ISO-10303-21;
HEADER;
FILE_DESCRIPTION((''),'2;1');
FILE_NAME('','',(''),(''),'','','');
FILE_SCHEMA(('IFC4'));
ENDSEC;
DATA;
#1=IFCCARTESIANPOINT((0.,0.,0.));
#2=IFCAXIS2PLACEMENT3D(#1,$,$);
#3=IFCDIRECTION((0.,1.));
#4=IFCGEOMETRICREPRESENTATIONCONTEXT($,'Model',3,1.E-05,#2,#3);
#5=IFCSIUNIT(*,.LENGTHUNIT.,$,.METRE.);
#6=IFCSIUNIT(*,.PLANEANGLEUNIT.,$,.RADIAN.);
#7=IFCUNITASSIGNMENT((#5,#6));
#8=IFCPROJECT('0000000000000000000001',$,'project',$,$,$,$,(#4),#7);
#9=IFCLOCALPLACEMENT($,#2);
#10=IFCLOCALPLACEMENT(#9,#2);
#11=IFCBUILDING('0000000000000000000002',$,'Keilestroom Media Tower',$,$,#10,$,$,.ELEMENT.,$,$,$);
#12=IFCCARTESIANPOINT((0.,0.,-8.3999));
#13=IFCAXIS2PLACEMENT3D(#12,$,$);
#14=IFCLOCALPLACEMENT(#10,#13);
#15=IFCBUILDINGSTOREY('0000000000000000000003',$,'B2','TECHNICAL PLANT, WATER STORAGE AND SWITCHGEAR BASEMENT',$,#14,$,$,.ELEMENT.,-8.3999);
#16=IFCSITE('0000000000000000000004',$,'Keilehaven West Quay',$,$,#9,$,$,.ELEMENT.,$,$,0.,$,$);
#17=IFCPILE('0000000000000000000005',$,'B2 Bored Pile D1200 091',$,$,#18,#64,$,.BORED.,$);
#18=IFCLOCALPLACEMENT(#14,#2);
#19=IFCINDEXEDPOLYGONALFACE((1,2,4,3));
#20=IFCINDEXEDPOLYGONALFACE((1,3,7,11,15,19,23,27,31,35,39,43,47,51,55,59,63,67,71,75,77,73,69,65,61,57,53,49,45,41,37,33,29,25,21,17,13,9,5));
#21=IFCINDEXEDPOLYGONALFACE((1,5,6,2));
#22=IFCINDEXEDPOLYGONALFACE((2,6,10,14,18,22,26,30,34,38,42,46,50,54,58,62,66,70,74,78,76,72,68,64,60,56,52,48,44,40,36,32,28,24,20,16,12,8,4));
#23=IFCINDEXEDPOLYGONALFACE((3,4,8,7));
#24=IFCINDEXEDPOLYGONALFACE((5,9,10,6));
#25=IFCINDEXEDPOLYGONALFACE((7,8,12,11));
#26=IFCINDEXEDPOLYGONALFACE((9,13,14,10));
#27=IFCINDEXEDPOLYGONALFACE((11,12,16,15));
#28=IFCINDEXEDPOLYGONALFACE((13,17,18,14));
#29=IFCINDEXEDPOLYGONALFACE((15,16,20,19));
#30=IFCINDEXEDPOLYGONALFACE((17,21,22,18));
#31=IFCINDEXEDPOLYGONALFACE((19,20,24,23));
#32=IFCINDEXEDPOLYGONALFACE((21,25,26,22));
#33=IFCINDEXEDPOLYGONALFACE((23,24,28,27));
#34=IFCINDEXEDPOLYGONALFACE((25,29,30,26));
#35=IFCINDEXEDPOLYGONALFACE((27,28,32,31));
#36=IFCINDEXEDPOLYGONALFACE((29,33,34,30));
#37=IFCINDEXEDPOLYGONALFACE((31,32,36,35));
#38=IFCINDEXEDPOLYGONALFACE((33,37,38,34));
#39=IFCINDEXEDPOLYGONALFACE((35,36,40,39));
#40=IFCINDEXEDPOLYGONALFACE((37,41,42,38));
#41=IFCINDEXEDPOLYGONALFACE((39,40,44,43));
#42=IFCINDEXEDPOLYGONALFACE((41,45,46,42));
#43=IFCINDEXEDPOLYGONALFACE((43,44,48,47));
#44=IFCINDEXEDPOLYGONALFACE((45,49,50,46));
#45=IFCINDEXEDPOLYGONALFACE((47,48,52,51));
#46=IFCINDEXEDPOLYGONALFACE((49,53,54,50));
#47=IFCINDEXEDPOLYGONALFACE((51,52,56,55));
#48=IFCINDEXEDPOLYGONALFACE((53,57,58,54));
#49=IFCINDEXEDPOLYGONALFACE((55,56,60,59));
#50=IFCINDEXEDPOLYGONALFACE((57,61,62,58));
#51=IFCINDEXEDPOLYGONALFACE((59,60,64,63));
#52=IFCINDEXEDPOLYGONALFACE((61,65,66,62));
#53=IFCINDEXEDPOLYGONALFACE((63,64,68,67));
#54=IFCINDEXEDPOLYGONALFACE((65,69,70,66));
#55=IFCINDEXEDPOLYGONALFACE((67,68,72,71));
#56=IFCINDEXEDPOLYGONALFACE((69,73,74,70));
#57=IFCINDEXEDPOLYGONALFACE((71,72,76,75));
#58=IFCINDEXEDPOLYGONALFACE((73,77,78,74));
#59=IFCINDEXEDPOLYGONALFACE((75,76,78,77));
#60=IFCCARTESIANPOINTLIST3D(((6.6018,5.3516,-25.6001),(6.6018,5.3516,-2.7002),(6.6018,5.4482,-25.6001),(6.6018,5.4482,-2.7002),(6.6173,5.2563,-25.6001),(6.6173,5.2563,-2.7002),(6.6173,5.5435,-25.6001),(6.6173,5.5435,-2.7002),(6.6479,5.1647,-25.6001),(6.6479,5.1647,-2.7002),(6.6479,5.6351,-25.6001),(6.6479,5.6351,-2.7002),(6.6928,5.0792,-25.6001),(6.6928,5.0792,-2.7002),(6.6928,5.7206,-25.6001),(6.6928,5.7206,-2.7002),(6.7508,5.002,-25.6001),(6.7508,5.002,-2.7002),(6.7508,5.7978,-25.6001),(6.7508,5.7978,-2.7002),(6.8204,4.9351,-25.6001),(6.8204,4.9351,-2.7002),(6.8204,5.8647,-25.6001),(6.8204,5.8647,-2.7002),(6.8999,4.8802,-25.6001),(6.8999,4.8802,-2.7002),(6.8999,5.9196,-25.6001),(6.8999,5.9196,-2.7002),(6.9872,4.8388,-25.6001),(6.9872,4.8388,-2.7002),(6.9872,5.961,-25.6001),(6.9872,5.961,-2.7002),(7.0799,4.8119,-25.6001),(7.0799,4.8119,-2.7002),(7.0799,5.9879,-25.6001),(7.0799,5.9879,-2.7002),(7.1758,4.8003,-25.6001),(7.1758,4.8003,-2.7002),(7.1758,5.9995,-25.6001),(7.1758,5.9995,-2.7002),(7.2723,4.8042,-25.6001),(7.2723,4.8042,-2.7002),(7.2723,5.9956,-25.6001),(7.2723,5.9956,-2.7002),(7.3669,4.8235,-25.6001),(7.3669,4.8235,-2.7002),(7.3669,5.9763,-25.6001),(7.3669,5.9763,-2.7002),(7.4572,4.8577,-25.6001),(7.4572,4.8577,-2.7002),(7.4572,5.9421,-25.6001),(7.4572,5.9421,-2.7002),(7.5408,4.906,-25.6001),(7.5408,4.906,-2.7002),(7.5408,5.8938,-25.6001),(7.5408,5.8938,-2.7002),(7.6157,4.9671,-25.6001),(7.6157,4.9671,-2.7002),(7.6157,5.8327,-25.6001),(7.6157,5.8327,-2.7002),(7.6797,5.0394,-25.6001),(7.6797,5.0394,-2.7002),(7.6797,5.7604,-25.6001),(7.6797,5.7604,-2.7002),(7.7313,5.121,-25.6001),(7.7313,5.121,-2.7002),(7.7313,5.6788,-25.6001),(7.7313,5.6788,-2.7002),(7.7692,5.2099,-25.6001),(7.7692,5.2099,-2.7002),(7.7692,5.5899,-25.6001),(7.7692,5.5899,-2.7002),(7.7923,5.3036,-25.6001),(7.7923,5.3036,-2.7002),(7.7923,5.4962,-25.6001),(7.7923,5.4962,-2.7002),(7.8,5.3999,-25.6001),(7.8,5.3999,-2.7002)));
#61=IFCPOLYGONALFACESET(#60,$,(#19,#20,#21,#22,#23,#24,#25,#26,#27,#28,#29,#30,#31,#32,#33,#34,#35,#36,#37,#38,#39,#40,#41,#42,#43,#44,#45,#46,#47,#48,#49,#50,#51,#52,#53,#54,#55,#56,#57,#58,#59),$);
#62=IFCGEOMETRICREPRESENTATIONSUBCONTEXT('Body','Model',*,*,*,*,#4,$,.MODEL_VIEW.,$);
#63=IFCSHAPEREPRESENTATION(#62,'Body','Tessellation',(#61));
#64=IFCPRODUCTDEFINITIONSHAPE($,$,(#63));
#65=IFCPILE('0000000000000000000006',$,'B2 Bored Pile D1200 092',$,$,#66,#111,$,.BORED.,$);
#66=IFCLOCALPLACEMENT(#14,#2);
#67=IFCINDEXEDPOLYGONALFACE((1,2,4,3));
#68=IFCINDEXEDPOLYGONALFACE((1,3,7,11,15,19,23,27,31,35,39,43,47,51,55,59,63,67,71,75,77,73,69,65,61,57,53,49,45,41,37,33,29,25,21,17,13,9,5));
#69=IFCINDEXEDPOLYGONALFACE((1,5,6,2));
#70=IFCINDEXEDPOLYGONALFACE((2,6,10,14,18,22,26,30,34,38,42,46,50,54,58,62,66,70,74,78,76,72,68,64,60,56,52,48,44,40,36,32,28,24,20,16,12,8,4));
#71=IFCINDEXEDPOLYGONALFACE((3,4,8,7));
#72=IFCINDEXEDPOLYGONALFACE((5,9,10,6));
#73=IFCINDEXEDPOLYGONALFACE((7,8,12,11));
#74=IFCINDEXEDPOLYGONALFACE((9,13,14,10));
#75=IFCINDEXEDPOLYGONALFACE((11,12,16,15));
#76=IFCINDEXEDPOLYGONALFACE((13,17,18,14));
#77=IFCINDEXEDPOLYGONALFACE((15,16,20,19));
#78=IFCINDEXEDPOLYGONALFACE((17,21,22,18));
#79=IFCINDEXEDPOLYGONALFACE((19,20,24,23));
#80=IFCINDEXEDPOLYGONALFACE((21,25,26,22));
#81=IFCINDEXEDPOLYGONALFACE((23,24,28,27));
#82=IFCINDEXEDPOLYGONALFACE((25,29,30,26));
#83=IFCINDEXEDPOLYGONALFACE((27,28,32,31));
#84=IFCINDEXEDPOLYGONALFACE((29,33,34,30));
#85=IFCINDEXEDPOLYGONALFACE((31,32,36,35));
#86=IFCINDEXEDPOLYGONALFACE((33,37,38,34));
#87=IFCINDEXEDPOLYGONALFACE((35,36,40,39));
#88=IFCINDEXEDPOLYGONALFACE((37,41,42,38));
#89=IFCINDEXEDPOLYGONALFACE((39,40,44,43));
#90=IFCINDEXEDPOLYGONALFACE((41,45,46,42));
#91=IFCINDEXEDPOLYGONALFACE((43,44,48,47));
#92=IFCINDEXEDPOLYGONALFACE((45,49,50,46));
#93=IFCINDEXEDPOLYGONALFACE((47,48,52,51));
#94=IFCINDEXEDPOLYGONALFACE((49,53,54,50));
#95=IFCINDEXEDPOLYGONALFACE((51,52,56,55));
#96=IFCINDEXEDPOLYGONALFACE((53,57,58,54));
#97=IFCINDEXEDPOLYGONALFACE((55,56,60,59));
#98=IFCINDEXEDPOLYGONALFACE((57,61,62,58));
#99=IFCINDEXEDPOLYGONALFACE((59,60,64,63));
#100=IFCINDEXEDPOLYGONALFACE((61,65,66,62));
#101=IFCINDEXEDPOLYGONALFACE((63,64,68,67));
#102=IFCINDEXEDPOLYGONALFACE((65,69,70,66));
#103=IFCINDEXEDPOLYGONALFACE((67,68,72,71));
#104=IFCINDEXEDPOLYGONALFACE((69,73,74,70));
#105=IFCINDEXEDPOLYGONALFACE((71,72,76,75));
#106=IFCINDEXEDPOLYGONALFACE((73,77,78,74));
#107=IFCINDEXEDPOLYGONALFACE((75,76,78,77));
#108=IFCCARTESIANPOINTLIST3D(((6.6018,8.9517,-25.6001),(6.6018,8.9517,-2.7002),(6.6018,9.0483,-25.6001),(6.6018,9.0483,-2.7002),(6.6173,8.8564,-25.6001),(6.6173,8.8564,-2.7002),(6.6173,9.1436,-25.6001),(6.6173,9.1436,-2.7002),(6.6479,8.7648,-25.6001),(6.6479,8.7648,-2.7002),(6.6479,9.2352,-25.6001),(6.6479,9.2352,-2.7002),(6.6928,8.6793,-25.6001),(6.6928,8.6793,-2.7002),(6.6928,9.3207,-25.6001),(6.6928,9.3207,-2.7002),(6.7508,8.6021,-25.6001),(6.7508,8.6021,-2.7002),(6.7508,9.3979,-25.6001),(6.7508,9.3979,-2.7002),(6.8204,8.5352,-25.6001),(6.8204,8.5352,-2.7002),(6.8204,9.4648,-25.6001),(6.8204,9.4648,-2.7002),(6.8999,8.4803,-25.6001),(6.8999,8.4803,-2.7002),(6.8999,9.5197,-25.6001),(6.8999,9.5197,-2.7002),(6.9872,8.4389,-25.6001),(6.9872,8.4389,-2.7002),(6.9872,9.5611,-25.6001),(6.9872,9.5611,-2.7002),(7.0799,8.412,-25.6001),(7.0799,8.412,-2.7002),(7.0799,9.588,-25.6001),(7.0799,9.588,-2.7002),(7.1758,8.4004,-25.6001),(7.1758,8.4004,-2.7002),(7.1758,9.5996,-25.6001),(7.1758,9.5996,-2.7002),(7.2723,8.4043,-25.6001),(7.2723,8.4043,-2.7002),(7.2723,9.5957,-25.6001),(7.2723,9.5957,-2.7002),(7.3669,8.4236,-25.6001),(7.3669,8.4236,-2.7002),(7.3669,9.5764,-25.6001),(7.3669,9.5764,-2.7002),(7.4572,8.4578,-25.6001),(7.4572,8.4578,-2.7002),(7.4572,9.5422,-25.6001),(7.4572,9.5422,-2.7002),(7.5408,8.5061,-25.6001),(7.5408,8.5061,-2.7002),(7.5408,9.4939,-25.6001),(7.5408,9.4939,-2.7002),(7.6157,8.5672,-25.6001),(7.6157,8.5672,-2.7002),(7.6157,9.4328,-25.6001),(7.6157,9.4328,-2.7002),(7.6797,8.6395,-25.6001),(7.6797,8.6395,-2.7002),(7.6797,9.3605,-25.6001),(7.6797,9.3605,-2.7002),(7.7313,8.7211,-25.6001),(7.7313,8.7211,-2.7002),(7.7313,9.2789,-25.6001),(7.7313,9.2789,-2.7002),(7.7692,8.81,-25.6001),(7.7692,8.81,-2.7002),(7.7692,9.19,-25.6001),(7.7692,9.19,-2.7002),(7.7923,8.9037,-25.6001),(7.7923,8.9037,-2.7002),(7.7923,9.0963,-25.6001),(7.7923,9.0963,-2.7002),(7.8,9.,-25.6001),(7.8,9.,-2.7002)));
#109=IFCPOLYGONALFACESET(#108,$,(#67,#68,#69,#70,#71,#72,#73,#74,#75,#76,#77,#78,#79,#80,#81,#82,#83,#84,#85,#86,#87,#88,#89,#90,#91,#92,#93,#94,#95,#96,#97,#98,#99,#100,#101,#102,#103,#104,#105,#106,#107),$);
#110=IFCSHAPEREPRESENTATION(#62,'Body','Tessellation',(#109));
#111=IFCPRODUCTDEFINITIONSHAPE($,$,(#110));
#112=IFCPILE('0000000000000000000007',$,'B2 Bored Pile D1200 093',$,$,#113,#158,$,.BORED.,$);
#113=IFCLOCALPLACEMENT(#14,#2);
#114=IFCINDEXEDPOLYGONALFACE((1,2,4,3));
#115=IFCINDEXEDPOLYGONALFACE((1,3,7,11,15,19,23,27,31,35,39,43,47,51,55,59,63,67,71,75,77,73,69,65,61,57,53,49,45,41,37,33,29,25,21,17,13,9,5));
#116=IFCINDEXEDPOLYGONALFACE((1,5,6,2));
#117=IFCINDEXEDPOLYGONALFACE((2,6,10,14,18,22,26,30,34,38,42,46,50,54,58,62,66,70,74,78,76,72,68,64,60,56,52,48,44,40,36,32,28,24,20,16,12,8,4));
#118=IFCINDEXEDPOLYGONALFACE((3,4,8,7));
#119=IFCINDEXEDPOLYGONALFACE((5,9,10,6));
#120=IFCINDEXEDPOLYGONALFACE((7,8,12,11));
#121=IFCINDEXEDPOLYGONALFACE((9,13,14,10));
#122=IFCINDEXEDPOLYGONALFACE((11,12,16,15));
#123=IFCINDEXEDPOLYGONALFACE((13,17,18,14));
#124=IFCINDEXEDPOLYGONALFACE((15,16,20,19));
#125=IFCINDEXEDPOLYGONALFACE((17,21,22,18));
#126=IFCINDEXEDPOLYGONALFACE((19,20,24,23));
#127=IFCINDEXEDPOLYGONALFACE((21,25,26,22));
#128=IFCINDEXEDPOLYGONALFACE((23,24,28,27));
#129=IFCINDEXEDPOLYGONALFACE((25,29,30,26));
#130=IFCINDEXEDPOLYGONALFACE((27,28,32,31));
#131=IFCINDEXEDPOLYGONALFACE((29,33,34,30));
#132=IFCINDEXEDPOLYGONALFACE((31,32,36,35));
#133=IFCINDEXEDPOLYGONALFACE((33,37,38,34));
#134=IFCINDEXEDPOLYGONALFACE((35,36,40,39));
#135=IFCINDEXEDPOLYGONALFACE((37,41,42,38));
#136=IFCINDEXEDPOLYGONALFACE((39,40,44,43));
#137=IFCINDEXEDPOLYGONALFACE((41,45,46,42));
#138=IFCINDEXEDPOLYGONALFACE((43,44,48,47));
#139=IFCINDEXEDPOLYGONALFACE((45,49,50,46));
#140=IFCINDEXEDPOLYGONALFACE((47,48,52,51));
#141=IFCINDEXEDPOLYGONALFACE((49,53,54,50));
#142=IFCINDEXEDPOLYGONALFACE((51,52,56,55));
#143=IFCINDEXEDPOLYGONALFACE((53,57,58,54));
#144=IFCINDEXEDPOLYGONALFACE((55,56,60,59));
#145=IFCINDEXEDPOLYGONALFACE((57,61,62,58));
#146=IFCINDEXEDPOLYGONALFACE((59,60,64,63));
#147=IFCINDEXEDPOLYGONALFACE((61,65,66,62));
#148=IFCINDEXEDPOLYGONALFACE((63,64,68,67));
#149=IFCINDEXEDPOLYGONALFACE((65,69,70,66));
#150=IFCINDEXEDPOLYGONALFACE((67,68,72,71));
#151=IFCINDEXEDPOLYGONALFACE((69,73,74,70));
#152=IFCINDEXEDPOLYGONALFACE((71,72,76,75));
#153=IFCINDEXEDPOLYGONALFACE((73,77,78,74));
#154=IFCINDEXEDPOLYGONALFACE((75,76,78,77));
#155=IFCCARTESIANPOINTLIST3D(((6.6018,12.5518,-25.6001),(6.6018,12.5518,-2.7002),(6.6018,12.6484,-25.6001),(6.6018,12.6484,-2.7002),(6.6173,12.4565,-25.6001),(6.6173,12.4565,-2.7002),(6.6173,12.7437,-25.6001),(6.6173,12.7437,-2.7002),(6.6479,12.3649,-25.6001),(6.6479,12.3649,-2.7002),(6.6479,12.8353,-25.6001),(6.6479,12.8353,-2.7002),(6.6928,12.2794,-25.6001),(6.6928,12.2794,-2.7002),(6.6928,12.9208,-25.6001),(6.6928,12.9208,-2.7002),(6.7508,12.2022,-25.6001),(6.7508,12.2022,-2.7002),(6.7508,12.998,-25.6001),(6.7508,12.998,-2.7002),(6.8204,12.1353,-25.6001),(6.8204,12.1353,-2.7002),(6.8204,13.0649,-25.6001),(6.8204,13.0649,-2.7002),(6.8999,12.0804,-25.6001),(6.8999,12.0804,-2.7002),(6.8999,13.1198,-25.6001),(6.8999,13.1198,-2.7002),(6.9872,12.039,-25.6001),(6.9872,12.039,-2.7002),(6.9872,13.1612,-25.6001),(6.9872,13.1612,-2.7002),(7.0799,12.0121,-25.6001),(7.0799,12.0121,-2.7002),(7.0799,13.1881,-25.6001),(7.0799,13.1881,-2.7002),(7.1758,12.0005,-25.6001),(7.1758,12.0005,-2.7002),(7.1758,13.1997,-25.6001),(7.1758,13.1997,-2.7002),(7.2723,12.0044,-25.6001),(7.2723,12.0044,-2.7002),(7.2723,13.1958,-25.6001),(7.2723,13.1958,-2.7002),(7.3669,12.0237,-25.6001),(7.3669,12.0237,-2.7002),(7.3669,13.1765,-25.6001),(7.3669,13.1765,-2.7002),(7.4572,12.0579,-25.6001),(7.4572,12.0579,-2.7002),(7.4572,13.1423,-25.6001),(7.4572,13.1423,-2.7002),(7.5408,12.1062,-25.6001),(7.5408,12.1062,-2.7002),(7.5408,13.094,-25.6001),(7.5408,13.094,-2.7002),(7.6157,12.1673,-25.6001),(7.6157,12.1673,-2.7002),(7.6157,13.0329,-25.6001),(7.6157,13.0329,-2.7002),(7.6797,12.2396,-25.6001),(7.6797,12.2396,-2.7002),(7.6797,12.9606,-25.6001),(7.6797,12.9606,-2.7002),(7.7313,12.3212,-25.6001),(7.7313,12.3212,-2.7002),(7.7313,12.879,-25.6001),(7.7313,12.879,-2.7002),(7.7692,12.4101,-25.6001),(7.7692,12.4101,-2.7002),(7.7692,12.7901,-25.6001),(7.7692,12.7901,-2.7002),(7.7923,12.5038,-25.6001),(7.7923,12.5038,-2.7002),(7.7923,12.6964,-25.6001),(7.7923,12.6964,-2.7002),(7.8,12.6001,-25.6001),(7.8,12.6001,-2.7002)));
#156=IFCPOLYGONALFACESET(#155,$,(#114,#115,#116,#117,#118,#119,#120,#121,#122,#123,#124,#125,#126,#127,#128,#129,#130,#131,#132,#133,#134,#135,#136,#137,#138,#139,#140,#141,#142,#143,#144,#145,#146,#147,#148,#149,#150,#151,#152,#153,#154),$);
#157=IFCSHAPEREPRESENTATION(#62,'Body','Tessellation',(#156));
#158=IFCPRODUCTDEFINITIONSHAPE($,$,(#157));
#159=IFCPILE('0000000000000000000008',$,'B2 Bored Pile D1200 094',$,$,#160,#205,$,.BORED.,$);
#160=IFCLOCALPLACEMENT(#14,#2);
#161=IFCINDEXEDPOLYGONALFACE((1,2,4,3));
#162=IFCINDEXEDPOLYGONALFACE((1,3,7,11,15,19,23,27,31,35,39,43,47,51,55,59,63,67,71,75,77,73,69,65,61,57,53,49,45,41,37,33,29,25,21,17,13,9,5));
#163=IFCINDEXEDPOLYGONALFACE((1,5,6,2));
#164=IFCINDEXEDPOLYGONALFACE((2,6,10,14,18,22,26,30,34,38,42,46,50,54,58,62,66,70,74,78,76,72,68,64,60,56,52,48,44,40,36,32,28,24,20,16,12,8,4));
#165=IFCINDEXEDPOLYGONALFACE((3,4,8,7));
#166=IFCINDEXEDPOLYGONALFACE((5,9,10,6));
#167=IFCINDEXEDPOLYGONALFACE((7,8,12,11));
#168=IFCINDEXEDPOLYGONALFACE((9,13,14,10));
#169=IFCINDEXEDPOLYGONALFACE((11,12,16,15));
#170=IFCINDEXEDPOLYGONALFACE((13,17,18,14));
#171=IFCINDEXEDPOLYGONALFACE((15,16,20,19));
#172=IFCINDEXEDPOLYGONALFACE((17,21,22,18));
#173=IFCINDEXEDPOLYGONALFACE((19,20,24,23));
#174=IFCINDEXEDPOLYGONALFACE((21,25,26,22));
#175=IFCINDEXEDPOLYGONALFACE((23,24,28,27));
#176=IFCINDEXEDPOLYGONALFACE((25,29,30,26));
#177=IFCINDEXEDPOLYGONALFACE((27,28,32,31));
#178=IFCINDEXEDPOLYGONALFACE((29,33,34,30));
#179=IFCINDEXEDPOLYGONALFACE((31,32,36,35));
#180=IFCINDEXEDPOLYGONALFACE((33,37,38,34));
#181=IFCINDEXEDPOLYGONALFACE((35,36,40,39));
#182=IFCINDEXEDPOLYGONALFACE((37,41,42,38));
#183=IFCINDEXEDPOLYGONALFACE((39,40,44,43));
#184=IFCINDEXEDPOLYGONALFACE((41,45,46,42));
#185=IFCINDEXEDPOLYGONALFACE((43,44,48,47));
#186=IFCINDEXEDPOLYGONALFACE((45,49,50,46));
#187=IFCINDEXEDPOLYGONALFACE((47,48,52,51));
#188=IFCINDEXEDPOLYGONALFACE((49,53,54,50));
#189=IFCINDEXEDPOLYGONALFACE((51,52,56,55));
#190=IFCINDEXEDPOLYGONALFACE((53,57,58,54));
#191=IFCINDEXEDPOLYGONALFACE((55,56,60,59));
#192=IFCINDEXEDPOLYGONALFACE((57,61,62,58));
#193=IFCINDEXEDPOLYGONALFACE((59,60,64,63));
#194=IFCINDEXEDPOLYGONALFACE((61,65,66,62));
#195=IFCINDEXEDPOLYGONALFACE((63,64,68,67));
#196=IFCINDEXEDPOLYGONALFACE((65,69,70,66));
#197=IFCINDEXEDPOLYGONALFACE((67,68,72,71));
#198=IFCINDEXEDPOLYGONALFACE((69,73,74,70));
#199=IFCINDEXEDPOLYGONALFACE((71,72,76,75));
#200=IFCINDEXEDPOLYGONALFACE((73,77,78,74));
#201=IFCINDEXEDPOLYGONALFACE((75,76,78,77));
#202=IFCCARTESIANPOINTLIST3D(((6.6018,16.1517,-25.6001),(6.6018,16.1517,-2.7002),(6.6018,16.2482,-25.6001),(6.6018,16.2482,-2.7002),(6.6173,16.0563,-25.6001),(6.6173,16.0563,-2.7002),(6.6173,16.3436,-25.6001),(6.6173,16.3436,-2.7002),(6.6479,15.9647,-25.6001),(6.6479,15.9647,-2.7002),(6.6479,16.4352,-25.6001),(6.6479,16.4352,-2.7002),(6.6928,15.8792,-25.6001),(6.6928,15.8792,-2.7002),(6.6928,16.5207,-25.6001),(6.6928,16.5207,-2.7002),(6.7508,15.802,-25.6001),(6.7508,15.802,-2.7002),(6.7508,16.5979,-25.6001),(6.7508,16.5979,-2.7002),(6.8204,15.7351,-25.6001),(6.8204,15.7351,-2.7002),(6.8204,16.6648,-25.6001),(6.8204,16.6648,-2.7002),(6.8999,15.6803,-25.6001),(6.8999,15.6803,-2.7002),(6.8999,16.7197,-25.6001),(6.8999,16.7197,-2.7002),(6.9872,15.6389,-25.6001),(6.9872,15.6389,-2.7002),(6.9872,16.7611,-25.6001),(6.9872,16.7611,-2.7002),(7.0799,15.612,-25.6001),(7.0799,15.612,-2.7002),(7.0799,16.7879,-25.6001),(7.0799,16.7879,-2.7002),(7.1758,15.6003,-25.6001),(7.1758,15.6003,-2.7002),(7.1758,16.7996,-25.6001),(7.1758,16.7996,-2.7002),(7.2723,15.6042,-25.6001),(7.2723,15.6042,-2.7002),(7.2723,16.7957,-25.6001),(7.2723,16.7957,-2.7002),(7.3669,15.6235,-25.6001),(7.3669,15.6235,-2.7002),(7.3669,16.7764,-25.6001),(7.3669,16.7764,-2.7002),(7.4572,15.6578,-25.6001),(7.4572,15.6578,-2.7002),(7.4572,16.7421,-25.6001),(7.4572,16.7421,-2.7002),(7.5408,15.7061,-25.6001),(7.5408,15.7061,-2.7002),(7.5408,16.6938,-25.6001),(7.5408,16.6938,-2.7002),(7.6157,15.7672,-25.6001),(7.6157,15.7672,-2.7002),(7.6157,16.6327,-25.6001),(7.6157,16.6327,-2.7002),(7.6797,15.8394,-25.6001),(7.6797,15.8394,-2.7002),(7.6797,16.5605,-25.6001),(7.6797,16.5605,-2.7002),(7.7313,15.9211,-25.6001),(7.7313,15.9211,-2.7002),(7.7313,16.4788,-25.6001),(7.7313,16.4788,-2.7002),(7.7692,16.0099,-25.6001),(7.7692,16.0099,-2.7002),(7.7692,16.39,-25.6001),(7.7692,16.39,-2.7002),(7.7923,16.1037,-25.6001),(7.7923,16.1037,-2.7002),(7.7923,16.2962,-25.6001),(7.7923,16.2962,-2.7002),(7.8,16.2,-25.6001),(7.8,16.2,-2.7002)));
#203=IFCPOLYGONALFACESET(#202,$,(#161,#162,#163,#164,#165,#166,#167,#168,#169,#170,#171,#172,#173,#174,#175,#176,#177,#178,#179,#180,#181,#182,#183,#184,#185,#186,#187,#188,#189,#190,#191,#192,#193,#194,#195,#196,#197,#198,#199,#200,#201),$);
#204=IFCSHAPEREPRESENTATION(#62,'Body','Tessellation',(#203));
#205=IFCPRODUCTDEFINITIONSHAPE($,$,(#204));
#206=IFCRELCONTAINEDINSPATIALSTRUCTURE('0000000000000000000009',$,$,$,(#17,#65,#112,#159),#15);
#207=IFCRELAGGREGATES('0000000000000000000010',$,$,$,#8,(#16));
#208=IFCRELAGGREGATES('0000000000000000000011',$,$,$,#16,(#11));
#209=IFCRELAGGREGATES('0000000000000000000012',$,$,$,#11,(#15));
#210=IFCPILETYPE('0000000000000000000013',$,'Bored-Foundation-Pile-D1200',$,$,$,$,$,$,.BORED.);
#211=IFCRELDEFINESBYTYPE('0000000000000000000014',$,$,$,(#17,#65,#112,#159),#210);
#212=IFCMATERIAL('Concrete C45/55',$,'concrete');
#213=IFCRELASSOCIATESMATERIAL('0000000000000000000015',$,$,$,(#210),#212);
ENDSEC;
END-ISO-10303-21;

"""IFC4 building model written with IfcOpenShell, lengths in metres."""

from ifc_helpers import new_model, si_unit, direction, frame, origin, origin_2d, place, context, subcontext, project, spatial, circle, extrude, source, transform, mapped, material, material_profile, profile_set, type_object, element, save


model = new_model("IFC4")

# Units and contexts
model_context = context("Model", 3, precision=1e-05, world=origin(), true_north=direction((0.0, 1.0)))
body_context = subcontext(model_context, "Body", "Model", "MODEL_VIEW")
ifc_project = project(units=[si_unit("LENGTHUNIT", "METRE"), si_unit("PLANEANGLEUNIT", "RADIAN")], contexts=[model_context])

# Site, building, storey
site_placement = place(None, origin())
site = spatial("IfcSite", under=ifc_project, at=site_placement, Name="Keilehaven West Quay", CompositionType="ELEMENT", RefElevation=0.0)
building_placement = place(site_placement, origin())
building = spatial("IfcBuilding", under=site, at=building_placement, Name="Keilestroom Media Tower", CompositionType="ELEMENT")
storey_placement = place(building_placement, frame((0.0, 0.0, -8.3999)))
storey = spatial("IfcBuildingStorey", under=building, at=storey_placement, Name="B2", Description="TECHNICAL PLANT, WATER STORAGE AND SWITCHGEAR BASEMENT", CompositionType="ELEMENT", Elevation=-8.3999)

# Piles
ifc_material_1 = material(Name="Concrete C45/55", Category="concrete")
ifc_material_profile_1 = material_profile(ifc_material_1, circle(Radius=0.6001, at=origin_2d()), Name="BORED PILE D1200")
ifc_profile_set_1 = profile_set([ifc_material_profile_1], Name="Concrete C45/55")
pile_type_1 = type_object("IfcPileType", Name="Bored-Foundation-Pile-D1200", PredefinedType="BORED", material=ifc_profile_set_1)
shared_shape_1 = source(origin(), body_context, "Body", "SweptSolid", [
    extrude(circle(Radius=0.6001, at=origin_2d()), origin(), (0.0, 0.0, 1.0), 22.8999),
])
for number, where, z_axis, x_axis, name in (
    (1, (7.2, 5.3999, -2.7002), (0.0, 0.0, -1.0), (1.0, 0.0, 0.0), "B2 Bored Pile D1200 091"),
    (2, (7.2, 9.0, -2.7002), (0.0, 0.0, -1.0), (1.0, 0.0, 0.0), "B2 Bored Pile D1200 092"),
    (3, (7.2, 12.6001, -2.7002), (0.0, 0.0, -1.0), (1.0, 0.0, 0.0), "B2 Bored Pile D1200 093"),
    (4, (7.2, 16.2, -2.7002), (0.0, 0.0, -1.0), (1.0, 0.0, 0.0), "B2 Bored Pile D1200 094"),
):
    element("IfcPile", number, at=place(storey_placement, frame(where, z_axis=z_axis, x_axis=x_axis)), inside=storey, type_object=pile_type_1, Name=name, PredefinedType="BORED", context=body_context, shape_type="MappedRepresentation", body=[
        mapped(shared_shape_1, transform((0.0, 0.0, 0.0), x_axis=(1.0, 0.0, 0.0), y_axis=(0.0, 1.0, 0.0), z_axis=(0.0, 0.0, 1.0), scale=1.0)),
    ])

save(model, "model.ifc")
